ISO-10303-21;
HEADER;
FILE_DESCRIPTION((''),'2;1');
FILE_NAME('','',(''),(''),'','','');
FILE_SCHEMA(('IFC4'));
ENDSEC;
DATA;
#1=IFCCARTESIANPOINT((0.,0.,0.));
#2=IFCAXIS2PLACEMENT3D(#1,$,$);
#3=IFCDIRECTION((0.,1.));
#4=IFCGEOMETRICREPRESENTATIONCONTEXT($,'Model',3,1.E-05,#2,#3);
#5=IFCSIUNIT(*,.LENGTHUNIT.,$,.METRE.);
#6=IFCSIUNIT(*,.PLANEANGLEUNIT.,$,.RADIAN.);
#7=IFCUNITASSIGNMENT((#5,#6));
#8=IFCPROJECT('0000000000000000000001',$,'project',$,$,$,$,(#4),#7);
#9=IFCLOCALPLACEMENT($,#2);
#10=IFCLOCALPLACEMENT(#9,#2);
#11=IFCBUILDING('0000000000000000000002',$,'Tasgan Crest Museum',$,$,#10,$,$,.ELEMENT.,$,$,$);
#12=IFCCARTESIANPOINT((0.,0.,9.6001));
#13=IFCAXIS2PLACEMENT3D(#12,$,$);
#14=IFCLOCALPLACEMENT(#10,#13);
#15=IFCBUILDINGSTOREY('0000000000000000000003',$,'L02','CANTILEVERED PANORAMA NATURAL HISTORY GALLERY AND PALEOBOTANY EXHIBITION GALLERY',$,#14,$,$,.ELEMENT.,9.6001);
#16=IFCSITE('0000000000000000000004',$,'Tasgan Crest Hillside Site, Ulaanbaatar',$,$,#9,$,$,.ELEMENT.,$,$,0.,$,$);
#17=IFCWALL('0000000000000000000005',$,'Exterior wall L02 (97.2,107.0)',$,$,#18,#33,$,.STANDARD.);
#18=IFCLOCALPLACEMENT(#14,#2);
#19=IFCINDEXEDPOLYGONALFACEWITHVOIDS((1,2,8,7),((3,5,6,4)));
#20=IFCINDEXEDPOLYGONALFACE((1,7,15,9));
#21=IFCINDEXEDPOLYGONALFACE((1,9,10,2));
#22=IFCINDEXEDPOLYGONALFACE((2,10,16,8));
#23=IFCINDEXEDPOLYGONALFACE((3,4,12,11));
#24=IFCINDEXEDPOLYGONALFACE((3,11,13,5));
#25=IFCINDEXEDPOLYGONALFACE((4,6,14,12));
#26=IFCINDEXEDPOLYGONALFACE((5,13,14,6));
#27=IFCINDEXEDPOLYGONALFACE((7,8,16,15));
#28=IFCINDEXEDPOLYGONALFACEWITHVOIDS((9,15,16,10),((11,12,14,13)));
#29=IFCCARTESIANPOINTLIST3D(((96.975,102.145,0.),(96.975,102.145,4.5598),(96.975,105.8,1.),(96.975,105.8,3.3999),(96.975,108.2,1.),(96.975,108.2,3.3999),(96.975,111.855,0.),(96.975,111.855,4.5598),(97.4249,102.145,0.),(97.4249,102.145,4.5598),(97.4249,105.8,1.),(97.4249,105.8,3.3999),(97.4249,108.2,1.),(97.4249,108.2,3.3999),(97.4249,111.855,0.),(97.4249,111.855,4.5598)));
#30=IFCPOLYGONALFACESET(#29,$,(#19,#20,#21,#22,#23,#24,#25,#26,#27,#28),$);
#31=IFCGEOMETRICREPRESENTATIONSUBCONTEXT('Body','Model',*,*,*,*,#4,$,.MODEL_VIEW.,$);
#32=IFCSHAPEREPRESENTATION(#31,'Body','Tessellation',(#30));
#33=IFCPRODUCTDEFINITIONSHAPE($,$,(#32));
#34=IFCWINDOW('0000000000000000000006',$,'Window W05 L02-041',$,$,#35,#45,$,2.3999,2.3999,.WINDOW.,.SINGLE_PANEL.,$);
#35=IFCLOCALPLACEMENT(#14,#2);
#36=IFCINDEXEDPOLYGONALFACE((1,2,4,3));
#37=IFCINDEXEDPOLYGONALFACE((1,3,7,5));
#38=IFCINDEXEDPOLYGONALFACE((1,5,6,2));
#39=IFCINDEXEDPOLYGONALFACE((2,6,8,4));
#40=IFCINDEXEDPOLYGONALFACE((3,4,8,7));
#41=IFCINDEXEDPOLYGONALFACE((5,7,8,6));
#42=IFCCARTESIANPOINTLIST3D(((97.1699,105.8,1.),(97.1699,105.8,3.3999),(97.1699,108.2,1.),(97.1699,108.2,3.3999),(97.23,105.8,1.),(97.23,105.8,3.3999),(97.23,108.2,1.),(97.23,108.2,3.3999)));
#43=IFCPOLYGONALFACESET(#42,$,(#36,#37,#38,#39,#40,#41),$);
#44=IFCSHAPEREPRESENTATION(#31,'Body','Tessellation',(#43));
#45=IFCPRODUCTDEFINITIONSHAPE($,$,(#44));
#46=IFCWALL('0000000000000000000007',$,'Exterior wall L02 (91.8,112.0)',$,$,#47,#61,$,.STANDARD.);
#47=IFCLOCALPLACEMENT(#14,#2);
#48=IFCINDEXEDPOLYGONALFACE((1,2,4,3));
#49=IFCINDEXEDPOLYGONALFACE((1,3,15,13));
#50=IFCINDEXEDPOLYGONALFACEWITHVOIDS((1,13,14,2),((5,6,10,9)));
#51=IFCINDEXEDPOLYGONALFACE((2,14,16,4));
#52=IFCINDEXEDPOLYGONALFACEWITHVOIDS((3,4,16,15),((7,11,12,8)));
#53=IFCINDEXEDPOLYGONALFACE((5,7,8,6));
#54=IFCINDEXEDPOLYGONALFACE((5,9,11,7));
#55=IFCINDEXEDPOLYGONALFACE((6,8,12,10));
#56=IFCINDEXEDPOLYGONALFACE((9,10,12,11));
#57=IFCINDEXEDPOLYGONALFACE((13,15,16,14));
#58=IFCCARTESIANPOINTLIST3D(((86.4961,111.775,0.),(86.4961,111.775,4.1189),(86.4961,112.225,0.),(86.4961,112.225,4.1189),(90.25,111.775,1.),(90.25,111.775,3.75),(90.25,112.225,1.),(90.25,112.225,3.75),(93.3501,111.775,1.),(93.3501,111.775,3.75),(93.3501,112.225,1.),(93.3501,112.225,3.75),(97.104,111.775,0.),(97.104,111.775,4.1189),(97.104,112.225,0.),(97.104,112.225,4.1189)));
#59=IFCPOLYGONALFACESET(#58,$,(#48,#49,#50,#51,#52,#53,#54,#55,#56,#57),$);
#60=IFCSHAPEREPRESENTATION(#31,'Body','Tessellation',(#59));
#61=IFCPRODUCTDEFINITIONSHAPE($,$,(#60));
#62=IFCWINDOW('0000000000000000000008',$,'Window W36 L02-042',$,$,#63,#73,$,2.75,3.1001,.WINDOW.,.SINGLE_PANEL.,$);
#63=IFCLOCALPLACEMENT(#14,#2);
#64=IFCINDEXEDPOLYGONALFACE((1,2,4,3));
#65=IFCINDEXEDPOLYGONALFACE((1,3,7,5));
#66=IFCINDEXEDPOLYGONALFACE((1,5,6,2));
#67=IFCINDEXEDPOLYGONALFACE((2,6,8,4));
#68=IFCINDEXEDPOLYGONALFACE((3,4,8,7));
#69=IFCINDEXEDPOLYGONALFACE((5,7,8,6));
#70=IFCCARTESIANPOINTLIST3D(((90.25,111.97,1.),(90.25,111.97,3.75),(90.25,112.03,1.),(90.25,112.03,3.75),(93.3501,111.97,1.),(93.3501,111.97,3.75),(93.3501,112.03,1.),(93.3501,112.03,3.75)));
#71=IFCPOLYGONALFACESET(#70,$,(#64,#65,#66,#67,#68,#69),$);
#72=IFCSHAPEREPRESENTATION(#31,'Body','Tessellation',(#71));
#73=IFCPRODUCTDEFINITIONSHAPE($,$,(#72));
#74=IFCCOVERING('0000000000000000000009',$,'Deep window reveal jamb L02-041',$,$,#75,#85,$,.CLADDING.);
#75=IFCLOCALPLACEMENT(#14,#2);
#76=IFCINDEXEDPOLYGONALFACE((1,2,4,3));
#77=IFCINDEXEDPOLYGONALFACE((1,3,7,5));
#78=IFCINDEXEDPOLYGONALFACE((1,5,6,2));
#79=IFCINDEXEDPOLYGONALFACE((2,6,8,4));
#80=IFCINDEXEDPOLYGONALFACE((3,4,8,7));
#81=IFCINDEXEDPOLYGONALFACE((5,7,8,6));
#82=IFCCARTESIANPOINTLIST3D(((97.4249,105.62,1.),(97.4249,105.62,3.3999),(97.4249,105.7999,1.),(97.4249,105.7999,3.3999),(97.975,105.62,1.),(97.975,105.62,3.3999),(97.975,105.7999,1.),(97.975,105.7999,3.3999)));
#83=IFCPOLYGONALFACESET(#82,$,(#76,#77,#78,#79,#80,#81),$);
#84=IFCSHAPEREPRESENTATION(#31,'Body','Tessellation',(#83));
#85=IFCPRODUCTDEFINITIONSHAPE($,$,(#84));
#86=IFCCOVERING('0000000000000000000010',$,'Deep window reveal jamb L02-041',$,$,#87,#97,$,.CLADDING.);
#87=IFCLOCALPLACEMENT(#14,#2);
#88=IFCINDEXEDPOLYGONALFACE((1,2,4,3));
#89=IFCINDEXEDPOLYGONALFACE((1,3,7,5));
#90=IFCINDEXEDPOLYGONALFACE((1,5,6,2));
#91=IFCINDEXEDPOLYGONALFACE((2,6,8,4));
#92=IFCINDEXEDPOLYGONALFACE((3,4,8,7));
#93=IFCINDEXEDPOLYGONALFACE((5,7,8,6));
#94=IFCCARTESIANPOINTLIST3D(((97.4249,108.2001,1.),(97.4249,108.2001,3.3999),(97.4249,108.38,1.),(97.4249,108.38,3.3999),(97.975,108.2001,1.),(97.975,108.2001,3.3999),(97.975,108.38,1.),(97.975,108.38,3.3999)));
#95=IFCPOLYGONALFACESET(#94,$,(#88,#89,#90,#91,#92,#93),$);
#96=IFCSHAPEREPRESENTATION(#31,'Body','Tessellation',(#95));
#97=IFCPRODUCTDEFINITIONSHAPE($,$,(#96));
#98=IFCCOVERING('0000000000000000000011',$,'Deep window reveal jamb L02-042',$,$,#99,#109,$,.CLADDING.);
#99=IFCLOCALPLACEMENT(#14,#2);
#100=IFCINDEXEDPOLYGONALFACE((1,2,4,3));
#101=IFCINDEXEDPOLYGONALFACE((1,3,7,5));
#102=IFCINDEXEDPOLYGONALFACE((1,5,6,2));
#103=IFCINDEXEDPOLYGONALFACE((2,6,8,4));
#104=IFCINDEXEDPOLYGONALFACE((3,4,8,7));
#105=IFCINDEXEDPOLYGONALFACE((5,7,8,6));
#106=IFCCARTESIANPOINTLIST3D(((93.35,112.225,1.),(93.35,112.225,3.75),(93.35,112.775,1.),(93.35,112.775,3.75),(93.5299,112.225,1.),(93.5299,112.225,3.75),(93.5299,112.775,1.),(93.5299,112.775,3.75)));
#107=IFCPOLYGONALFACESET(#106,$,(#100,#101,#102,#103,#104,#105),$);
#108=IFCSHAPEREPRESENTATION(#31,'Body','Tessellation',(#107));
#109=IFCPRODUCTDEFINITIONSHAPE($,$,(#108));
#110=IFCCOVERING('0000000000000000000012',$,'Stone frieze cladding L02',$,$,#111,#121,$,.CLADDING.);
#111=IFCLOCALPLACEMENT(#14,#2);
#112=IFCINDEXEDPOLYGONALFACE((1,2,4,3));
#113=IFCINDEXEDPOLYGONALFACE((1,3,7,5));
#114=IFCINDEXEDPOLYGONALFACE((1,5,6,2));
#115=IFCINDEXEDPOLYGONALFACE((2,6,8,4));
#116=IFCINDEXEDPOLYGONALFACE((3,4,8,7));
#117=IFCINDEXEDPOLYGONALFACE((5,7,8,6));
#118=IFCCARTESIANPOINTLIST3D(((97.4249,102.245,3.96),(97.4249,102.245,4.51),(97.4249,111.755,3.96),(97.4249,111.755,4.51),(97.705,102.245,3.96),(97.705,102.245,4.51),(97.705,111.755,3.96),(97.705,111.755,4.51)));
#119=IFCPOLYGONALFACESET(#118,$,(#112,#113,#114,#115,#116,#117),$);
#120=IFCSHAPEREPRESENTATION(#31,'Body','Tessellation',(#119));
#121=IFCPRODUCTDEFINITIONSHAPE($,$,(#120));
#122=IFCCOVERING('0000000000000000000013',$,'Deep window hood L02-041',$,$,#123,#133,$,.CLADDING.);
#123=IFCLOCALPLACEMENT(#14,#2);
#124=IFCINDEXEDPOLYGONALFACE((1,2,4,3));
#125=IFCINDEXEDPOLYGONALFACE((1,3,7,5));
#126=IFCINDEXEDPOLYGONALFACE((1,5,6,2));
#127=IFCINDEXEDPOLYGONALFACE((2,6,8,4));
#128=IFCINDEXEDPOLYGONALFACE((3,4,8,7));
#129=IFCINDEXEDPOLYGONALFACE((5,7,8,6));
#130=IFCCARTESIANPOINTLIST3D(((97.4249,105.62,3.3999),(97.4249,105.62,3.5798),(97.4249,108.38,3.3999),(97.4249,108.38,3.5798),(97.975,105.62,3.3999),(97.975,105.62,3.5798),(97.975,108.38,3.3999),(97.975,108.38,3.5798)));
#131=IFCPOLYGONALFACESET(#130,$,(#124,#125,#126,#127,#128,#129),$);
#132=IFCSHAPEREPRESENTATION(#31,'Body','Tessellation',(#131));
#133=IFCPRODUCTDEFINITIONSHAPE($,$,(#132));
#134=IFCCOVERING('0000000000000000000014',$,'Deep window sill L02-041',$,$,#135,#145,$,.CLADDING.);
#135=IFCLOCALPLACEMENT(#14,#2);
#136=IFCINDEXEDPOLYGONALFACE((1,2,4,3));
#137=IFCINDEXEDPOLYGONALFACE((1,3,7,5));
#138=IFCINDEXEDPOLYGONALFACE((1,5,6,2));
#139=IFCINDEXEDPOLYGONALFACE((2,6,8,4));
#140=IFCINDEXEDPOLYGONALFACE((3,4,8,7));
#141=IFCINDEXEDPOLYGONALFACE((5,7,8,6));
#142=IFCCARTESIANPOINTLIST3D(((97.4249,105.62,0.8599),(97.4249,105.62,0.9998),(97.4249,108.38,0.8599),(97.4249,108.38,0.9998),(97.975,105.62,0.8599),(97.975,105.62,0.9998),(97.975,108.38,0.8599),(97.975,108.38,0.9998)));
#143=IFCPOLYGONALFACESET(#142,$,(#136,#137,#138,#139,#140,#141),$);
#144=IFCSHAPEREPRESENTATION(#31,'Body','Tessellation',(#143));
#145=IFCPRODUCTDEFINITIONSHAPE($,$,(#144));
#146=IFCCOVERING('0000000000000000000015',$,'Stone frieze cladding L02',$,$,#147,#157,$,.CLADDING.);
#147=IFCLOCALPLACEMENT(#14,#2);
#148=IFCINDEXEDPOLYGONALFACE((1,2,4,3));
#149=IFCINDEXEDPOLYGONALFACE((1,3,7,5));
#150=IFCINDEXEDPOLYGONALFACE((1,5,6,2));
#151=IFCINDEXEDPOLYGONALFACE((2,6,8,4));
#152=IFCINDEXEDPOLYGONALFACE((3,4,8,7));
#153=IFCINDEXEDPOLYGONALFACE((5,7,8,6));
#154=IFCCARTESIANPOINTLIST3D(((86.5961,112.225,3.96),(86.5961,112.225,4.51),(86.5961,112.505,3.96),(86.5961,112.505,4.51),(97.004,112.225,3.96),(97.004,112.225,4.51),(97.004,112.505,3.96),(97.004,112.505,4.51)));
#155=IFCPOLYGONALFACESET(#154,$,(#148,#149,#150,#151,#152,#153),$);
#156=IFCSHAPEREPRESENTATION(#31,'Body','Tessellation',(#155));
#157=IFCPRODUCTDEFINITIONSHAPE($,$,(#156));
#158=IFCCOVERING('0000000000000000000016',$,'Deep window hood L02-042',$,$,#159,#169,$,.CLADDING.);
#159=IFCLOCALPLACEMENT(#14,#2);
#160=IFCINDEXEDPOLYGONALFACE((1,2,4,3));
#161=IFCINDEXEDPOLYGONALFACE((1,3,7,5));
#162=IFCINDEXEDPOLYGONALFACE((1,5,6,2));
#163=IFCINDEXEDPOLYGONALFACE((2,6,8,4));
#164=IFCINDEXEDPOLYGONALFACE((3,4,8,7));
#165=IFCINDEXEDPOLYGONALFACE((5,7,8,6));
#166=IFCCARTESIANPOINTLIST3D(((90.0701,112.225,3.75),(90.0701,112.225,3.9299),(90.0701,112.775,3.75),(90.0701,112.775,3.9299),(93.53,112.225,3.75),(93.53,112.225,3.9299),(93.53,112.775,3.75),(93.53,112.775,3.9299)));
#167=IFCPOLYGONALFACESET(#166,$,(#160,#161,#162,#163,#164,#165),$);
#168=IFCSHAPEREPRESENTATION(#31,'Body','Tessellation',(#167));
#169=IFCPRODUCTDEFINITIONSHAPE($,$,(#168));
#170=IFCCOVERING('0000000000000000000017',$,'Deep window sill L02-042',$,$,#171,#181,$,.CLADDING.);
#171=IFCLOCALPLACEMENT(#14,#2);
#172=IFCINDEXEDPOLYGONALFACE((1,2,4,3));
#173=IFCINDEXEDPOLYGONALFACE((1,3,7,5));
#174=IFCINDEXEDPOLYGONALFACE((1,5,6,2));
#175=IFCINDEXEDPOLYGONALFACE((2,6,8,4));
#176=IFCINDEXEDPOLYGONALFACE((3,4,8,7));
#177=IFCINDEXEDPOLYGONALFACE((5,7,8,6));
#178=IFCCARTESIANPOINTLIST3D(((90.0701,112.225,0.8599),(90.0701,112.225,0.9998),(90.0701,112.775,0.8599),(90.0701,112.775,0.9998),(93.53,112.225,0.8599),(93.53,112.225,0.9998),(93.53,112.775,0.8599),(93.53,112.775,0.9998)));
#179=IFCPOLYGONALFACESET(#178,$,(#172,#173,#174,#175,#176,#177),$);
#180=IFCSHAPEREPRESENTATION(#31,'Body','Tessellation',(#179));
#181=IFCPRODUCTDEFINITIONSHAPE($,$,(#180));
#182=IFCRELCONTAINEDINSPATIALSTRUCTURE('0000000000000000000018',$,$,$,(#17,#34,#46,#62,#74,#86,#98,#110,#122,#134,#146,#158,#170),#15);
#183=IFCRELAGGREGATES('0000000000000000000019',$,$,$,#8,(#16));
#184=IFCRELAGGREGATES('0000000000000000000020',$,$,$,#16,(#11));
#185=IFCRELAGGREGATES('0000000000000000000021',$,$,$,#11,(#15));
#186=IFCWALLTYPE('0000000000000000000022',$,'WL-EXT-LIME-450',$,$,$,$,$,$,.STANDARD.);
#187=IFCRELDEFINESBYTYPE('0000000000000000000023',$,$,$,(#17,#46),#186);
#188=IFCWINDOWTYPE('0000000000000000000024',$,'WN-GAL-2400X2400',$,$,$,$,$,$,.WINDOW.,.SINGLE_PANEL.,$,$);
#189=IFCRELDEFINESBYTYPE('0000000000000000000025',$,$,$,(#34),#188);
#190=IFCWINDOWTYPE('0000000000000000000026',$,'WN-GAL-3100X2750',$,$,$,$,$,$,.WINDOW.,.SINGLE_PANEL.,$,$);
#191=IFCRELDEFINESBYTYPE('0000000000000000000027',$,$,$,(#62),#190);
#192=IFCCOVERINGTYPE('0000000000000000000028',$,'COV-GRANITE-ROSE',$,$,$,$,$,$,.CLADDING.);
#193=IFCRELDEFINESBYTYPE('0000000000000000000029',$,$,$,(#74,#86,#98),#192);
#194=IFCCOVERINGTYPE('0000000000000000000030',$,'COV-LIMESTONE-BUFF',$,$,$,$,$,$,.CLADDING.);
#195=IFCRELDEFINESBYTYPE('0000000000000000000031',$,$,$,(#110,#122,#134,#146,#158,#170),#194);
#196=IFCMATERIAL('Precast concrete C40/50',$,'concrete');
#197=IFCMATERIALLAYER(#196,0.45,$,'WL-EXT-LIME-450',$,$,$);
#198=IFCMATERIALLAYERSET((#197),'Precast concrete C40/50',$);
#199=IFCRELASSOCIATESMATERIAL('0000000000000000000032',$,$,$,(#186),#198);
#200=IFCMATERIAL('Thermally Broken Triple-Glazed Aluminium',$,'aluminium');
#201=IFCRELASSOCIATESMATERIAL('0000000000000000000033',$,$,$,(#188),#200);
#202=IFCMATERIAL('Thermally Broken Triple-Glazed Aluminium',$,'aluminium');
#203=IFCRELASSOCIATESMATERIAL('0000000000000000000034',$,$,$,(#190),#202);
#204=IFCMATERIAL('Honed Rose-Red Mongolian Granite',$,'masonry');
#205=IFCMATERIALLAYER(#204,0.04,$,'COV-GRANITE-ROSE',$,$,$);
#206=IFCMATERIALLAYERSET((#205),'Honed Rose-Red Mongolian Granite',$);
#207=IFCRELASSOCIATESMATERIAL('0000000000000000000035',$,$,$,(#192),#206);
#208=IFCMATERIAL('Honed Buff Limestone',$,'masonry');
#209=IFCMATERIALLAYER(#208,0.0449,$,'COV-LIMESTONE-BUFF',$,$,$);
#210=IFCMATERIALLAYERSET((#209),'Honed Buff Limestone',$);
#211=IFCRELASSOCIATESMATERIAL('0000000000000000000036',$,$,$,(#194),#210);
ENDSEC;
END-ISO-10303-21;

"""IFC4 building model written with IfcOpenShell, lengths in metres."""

from ifc_helpers import new_model, si_unit, direction, frame, frame_2d, origin, origin_2d, place, context, subcontext, project, spatial, rectangle, extrude, material, layer, layer_set, type_object, element, fill, save


model = new_model("IFC4")

# Units and contexts
model_context = context("Model", 3, precision=1e-05, world=origin(), true_north=direction((0.0, 1.0)))
body_context = subcontext(model_context, "Body", "Model", "MODEL_VIEW")
ifc_project = project(units=[si_unit("LENGTHUNIT", "METRE"), si_unit("PLANEANGLEUNIT", "RADIAN")], contexts=[model_context])

# Site, building, storey
site_placement = place(None, origin())
site = spatial("IfcSite", under=ifc_project, at=site_placement, Name="Tasgan Crest Hillside Site, Ulaanbaatar", CompositionType="ELEMENT", RefElevation=0.0)
building_placement = place(site_placement, origin())
building = spatial("IfcBuilding", under=site, at=building_placement, Name="Tasgan Crest Museum", CompositionType="ELEMENT")
storey_placement = place(building_placement, frame((0.0, 0.0, 9.6001)))
storey = spatial("IfcBuildingStorey", under=building, at=storey_placement, Name="L02", Description="CANTILEVERED PANORAMA NATURAL HISTORY GALLERY AND PALEOBOTANY EXHIBITION GALLERY", CompositionType="ELEMENT", Elevation=9.6001)

# Walls, openings, windows
ifc_material_1 = material(Name="Precast concrete C40/50", Category="concrete")
ifc_layer_1 = layer(ifc_material_1, 0.45, Name="WL-EXT-LIME-450")
ifc_layer_set_1 = layer_set([ifc_layer_1], Name="Precast concrete C40/50")
wall_type_1 = type_object("IfcWallType", Name="WL-EXT-LIME-450", PredefinedType="STANDARD", material=ifc_layer_set_1)
wall_1_placement = place(storey_placement, frame((97.2, 102.145, 0.0), z_axis=(0.0, 0.0, 1.0), x_axis=(0.0, 1.0, 0.0)))
wall_1 = element("IfcWall", 1, at=wall_1_placement, inside=storey, type_object=wall_type_1, Name="Exterior wall L02 (97.2,107.0)", PredefinedType="STANDARD", context=body_context, shape_type="SweptSolid", body=[
    extrude(rectangle(XDim=9.71, YDim=0.45, at=frame_2d((4.855, 0.0))), origin(), (0.0, 0.0, 1.0), 4.5598),
])
opening_1_placement = place(wall_1_placement, frame((3.655, 0.0, 1.0)))
opening_1 = element("IfcOpeningElement", 2, at=opening_1_placement, cuts=wall_1, PredefinedType="OPENING", context=body_context, shape_type="SweptSolid", body=[
    extrude(rectangle(XDim=2.3999, YDim=2.3999, at=frame_2d((1.2, 1.2))), frame((0.0, 0.2349, 0.0), z_axis=(0.0, -1.0, 0.0), x_axis=(1.0, 0.0, 0.0)), (0.0, 0.0, 1.0), 0.47),
])
ifc_material_2 = material(Name="Thermally Broken Triple-Glazed Aluminium", Category="aluminium")
window_type_1 = type_object("IfcWindowType", Name="WN-GAL-2400X2400", PartitioningType="SINGLE_PANEL", PredefinedType="WINDOW", material=ifc_material_2)
window_1_placement = place(opening_1_placement, origin())
window_1 = element("IfcWindow", 3, at=window_1_placement, inside=storey, type_object=window_type_1, Name="Window W05 L02-041", OverallHeight=2.3999, OverallWidth=2.3999, PartitioningType="SINGLE_PANEL", PredefinedType="WINDOW", context=body_context, shape_type="SweptSolid", body=[
    extrude(rectangle(XDim=2.3999, YDim=2.3999, at=frame_2d((1.2, 1.2))), frame((0.0, 0.03, 0.0), z_axis=(0.0, -1.0, 0.0), x_axis=(1.0, 0.0, 0.0)), (0.0, 0.0, 1.0), 0.0601),
])
fill(opening_1, window_1)
wall_2_placement = place(storey_placement, frame((97.104, 112.0, 0.0), z_axis=(0.0, 0.0, 1.0), x_axis=(-1.0, 0.0, 0.0)))
wall_2 = element("IfcWall", 4, at=wall_2_placement, inside=storey, type_object=wall_type_1, Name="Exterior wall L02 (91.8,112.0)", PredefinedType="STANDARD", context=body_context, shape_type="SweptSolid", body=[
    extrude(rectangle(XDim=10.6079, YDim=0.45, at=frame_2d((5.304, 0.0))), origin(), (0.0, 0.0, 1.0), 4.1189),
])
opening_2_placement = place(wall_2_placement, frame((3.7539, 0.0, 1.0)))
opening_2 = element("IfcOpeningElement", 5, at=opening_2_placement, cuts=wall_2, PredefinedType="OPENING", context=body_context, shape_type="SweptSolid", body=[
    extrude(rectangle(XDim=3.1001, YDim=2.75, at=frame_2d((1.55, 1.375))), frame((0.0, 0.2349, 0.0), z_axis=(0.0, -1.0, 0.0), x_axis=(1.0, 0.0, 0.0)), (0.0, 0.0, 1.0), 0.47),
])
ifc_material_3 = material(Name="Thermally Broken Triple-Glazed Aluminium", Category="aluminium")
window_type_2 = type_object("IfcWindowType", Name="WN-GAL-3100X2750", PartitioningType="SINGLE_PANEL", PredefinedType="WINDOW", material=ifc_material_3)
window_2_placement = place(opening_2_placement, origin())
window_2 = element("IfcWindow", 6, at=window_2_placement, inside=storey, type_object=window_type_2, Name="Window W36 L02-042", OverallHeight=2.75, OverallWidth=3.1001, PartitioningType="SINGLE_PANEL", PredefinedType="WINDOW", context=body_context, shape_type="SweptSolid", body=[
    extrude(rectangle(XDim=3.1001, YDim=2.75, at=frame_2d((1.55, 1.375))), frame((0.0, 0.03, 0.0), z_axis=(0.0, -1.0, 0.0), x_axis=(1.0, 0.0, 0.0)), (0.0, 0.0, 1.0), 0.0601),
])
fill(opening_2, window_2)

# Coverings
ifc_material_4 = material(Name="Honed Rose-Red Mongolian Granite", Category="masonry")
ifc_layer_2 = layer(ifc_material_4, 0.04, Name="COV-GRANITE-ROSE")
ifc_layer_set_2 = layer_set([ifc_layer_2], Name="Honed Rose-Red Mongolian Granite")
covering_type_1 = type_object("IfcCoveringType", Name="COV-GRANITE-ROSE", PredefinedType="CLADDING", material=ifc_layer_set_2)
for number, where, z_axis, x_axis, name in (
    (7, (97.7, 105.71, 1.0), (0.0, 0.0, 1.0), (0.0, 1.0, 0.0), "Deep window reveal jamb L02-041"),
    (8, (97.7, 108.29, 1.0), (0.0, 0.0, 1.0), (0.0, 1.0, 0.0), "Deep window reveal jamb L02-041"),
):
    element("IfcCovering", number, at=place(storey_placement, frame(where, z_axis=z_axis, x_axis=x_axis)), inside=storey, type_object=covering_type_1, Name=name, PredefinedType="CLADDING", context=body_context, shape_type="SweptSolid", body=[
        extrude(rectangle(XDim=0.1799, YDim=0.55, at=origin_2d()), origin(), (0.0, 0.0, 1.0), 2.3999),
    ])
covering_1_placement = place(storey_placement, frame((93.4399, 112.5, 1.0), z_axis=(0.0, 0.0, 1.0), x_axis=(-1.0, 0.0, 0.0)))
element("IfcCovering", 9, at=covering_1_placement, inside=storey, type_object=covering_type_1, Name="Deep window reveal jamb L02-042", PredefinedType="CLADDING", context=body_context, shape_type="SweptSolid", body=[
    extrude(rectangle(XDim=0.1799, YDim=0.55, at=origin_2d()), origin(), (0.0, 0.0, 1.0), 2.75),
])
ifc_material_5 = material(Name="Honed Buff Limestone", Category="masonry")
ifc_layer_3 = layer(ifc_material_5, 0.0449, Name="COV-LIMESTONE-BUFF")
ifc_layer_set_3 = layer_set([ifc_layer_3], Name="Honed Buff Limestone")
covering_type_2 = type_object("IfcCoveringType", Name="COV-LIMESTONE-BUFF", PredefinedType="CLADDING", material=ifc_layer_set_3)
covering_2_placement = place(storey_placement, frame((97.5649, 107.0, 3.96), z_axis=(0.0, 0.0, 1.0), x_axis=(0.0, 1.0, 0.0)))
element("IfcCovering", 10, at=covering_2_placement, inside=storey, type_object=covering_type_2, Name="Stone frieze cladding L02", PredefinedType="CLADDING", context=body_context, shape_type="SweptSolid", body=[
    extrude(rectangle(XDim=9.51, YDim=0.28, at=origin_2d()), origin(), (0.0, 0.0, 1.0), 0.55),
])
covering_3_placement = place(storey_placement, frame((97.7, 107.0, 3.3999), z_axis=(0.0, 0.0, 1.0), x_axis=(0.0, 1.0, 0.0)))
element("IfcCovering", 11, at=covering_3_placement, inside=storey, type_object=covering_type_2, Name="Deep window hood L02-041", PredefinedType="CLADDING", context=body_context, shape_type="SweptSolid", body=[
    extrude(rectangle(XDim=2.76, YDim=0.55, at=origin_2d()), origin(), (0.0, 0.0, 1.0), 0.1799),
])
covering_4_placement = place(storey_placement, frame((97.7, 107.0, 0.8599), z_axis=(0.0, 0.0, 1.0), x_axis=(0.0, 1.0, 0.0)))
element("IfcCovering", 12, at=covering_4_placement, inside=storey, type_object=covering_type_2, Name="Deep window sill L02-041", PredefinedType="CLADDING", context=body_context, shape_type="SweptSolid", body=[
    extrude(rectangle(XDim=2.76, YDim=0.55, at=origin_2d()), origin(), (0.0, 0.0, 1.0), 0.1399),
])
covering_5_placement = place(storey_placement, frame((91.8, 112.365, 3.96), z_axis=(0.0, 0.0, 1.0), x_axis=(-1.0, 0.0, 0.0)))
element("IfcCovering", 13, at=covering_5_placement, inside=storey, type_object=covering_type_2, Name="Stone frieze cladding L02", PredefinedType="CLADDING", context=body_context, shape_type="SweptSolid", body=[
    extrude(rectangle(XDim=10.408, YDim=0.28, at=origin_2d()), origin(), (0.0, 0.0, 1.0), 0.55),
])
covering_6_placement = place(storey_placement, frame((91.8, 112.5, 3.75), z_axis=(0.0, 0.0, 1.0), x_axis=(-1.0, 0.0, 0.0)))
element("IfcCovering", 14, at=covering_6_placement, inside=storey, type_object=covering_type_2, Name="Deep window hood L02-042", PredefinedType="CLADDING", context=body_context, shape_type="SweptSolid", body=[
    extrude(rectangle(XDim=3.46, YDim=0.55, at=origin_2d()), origin(), (0.0, 0.0, 1.0), 0.1799),
])
covering_7_placement = place(storey_placement, frame((91.8, 112.5, 0.8599), z_axis=(0.0, 0.0, 1.0), x_axis=(-1.0, 0.0, 0.0)))
element("IfcCovering", 15, at=covering_7_placement, inside=storey, type_object=covering_type_2, Name="Deep window sill L02-042", PredefinedType="CLADDING", context=body_context, shape_type="SweptSolid", body=[
    extrude(rectangle(XDim=3.46, YDim=0.55, at=origin_2d()), origin(), (0.0, 0.0, 1.0), 0.1399),
])

save(model, "model.ifc")
